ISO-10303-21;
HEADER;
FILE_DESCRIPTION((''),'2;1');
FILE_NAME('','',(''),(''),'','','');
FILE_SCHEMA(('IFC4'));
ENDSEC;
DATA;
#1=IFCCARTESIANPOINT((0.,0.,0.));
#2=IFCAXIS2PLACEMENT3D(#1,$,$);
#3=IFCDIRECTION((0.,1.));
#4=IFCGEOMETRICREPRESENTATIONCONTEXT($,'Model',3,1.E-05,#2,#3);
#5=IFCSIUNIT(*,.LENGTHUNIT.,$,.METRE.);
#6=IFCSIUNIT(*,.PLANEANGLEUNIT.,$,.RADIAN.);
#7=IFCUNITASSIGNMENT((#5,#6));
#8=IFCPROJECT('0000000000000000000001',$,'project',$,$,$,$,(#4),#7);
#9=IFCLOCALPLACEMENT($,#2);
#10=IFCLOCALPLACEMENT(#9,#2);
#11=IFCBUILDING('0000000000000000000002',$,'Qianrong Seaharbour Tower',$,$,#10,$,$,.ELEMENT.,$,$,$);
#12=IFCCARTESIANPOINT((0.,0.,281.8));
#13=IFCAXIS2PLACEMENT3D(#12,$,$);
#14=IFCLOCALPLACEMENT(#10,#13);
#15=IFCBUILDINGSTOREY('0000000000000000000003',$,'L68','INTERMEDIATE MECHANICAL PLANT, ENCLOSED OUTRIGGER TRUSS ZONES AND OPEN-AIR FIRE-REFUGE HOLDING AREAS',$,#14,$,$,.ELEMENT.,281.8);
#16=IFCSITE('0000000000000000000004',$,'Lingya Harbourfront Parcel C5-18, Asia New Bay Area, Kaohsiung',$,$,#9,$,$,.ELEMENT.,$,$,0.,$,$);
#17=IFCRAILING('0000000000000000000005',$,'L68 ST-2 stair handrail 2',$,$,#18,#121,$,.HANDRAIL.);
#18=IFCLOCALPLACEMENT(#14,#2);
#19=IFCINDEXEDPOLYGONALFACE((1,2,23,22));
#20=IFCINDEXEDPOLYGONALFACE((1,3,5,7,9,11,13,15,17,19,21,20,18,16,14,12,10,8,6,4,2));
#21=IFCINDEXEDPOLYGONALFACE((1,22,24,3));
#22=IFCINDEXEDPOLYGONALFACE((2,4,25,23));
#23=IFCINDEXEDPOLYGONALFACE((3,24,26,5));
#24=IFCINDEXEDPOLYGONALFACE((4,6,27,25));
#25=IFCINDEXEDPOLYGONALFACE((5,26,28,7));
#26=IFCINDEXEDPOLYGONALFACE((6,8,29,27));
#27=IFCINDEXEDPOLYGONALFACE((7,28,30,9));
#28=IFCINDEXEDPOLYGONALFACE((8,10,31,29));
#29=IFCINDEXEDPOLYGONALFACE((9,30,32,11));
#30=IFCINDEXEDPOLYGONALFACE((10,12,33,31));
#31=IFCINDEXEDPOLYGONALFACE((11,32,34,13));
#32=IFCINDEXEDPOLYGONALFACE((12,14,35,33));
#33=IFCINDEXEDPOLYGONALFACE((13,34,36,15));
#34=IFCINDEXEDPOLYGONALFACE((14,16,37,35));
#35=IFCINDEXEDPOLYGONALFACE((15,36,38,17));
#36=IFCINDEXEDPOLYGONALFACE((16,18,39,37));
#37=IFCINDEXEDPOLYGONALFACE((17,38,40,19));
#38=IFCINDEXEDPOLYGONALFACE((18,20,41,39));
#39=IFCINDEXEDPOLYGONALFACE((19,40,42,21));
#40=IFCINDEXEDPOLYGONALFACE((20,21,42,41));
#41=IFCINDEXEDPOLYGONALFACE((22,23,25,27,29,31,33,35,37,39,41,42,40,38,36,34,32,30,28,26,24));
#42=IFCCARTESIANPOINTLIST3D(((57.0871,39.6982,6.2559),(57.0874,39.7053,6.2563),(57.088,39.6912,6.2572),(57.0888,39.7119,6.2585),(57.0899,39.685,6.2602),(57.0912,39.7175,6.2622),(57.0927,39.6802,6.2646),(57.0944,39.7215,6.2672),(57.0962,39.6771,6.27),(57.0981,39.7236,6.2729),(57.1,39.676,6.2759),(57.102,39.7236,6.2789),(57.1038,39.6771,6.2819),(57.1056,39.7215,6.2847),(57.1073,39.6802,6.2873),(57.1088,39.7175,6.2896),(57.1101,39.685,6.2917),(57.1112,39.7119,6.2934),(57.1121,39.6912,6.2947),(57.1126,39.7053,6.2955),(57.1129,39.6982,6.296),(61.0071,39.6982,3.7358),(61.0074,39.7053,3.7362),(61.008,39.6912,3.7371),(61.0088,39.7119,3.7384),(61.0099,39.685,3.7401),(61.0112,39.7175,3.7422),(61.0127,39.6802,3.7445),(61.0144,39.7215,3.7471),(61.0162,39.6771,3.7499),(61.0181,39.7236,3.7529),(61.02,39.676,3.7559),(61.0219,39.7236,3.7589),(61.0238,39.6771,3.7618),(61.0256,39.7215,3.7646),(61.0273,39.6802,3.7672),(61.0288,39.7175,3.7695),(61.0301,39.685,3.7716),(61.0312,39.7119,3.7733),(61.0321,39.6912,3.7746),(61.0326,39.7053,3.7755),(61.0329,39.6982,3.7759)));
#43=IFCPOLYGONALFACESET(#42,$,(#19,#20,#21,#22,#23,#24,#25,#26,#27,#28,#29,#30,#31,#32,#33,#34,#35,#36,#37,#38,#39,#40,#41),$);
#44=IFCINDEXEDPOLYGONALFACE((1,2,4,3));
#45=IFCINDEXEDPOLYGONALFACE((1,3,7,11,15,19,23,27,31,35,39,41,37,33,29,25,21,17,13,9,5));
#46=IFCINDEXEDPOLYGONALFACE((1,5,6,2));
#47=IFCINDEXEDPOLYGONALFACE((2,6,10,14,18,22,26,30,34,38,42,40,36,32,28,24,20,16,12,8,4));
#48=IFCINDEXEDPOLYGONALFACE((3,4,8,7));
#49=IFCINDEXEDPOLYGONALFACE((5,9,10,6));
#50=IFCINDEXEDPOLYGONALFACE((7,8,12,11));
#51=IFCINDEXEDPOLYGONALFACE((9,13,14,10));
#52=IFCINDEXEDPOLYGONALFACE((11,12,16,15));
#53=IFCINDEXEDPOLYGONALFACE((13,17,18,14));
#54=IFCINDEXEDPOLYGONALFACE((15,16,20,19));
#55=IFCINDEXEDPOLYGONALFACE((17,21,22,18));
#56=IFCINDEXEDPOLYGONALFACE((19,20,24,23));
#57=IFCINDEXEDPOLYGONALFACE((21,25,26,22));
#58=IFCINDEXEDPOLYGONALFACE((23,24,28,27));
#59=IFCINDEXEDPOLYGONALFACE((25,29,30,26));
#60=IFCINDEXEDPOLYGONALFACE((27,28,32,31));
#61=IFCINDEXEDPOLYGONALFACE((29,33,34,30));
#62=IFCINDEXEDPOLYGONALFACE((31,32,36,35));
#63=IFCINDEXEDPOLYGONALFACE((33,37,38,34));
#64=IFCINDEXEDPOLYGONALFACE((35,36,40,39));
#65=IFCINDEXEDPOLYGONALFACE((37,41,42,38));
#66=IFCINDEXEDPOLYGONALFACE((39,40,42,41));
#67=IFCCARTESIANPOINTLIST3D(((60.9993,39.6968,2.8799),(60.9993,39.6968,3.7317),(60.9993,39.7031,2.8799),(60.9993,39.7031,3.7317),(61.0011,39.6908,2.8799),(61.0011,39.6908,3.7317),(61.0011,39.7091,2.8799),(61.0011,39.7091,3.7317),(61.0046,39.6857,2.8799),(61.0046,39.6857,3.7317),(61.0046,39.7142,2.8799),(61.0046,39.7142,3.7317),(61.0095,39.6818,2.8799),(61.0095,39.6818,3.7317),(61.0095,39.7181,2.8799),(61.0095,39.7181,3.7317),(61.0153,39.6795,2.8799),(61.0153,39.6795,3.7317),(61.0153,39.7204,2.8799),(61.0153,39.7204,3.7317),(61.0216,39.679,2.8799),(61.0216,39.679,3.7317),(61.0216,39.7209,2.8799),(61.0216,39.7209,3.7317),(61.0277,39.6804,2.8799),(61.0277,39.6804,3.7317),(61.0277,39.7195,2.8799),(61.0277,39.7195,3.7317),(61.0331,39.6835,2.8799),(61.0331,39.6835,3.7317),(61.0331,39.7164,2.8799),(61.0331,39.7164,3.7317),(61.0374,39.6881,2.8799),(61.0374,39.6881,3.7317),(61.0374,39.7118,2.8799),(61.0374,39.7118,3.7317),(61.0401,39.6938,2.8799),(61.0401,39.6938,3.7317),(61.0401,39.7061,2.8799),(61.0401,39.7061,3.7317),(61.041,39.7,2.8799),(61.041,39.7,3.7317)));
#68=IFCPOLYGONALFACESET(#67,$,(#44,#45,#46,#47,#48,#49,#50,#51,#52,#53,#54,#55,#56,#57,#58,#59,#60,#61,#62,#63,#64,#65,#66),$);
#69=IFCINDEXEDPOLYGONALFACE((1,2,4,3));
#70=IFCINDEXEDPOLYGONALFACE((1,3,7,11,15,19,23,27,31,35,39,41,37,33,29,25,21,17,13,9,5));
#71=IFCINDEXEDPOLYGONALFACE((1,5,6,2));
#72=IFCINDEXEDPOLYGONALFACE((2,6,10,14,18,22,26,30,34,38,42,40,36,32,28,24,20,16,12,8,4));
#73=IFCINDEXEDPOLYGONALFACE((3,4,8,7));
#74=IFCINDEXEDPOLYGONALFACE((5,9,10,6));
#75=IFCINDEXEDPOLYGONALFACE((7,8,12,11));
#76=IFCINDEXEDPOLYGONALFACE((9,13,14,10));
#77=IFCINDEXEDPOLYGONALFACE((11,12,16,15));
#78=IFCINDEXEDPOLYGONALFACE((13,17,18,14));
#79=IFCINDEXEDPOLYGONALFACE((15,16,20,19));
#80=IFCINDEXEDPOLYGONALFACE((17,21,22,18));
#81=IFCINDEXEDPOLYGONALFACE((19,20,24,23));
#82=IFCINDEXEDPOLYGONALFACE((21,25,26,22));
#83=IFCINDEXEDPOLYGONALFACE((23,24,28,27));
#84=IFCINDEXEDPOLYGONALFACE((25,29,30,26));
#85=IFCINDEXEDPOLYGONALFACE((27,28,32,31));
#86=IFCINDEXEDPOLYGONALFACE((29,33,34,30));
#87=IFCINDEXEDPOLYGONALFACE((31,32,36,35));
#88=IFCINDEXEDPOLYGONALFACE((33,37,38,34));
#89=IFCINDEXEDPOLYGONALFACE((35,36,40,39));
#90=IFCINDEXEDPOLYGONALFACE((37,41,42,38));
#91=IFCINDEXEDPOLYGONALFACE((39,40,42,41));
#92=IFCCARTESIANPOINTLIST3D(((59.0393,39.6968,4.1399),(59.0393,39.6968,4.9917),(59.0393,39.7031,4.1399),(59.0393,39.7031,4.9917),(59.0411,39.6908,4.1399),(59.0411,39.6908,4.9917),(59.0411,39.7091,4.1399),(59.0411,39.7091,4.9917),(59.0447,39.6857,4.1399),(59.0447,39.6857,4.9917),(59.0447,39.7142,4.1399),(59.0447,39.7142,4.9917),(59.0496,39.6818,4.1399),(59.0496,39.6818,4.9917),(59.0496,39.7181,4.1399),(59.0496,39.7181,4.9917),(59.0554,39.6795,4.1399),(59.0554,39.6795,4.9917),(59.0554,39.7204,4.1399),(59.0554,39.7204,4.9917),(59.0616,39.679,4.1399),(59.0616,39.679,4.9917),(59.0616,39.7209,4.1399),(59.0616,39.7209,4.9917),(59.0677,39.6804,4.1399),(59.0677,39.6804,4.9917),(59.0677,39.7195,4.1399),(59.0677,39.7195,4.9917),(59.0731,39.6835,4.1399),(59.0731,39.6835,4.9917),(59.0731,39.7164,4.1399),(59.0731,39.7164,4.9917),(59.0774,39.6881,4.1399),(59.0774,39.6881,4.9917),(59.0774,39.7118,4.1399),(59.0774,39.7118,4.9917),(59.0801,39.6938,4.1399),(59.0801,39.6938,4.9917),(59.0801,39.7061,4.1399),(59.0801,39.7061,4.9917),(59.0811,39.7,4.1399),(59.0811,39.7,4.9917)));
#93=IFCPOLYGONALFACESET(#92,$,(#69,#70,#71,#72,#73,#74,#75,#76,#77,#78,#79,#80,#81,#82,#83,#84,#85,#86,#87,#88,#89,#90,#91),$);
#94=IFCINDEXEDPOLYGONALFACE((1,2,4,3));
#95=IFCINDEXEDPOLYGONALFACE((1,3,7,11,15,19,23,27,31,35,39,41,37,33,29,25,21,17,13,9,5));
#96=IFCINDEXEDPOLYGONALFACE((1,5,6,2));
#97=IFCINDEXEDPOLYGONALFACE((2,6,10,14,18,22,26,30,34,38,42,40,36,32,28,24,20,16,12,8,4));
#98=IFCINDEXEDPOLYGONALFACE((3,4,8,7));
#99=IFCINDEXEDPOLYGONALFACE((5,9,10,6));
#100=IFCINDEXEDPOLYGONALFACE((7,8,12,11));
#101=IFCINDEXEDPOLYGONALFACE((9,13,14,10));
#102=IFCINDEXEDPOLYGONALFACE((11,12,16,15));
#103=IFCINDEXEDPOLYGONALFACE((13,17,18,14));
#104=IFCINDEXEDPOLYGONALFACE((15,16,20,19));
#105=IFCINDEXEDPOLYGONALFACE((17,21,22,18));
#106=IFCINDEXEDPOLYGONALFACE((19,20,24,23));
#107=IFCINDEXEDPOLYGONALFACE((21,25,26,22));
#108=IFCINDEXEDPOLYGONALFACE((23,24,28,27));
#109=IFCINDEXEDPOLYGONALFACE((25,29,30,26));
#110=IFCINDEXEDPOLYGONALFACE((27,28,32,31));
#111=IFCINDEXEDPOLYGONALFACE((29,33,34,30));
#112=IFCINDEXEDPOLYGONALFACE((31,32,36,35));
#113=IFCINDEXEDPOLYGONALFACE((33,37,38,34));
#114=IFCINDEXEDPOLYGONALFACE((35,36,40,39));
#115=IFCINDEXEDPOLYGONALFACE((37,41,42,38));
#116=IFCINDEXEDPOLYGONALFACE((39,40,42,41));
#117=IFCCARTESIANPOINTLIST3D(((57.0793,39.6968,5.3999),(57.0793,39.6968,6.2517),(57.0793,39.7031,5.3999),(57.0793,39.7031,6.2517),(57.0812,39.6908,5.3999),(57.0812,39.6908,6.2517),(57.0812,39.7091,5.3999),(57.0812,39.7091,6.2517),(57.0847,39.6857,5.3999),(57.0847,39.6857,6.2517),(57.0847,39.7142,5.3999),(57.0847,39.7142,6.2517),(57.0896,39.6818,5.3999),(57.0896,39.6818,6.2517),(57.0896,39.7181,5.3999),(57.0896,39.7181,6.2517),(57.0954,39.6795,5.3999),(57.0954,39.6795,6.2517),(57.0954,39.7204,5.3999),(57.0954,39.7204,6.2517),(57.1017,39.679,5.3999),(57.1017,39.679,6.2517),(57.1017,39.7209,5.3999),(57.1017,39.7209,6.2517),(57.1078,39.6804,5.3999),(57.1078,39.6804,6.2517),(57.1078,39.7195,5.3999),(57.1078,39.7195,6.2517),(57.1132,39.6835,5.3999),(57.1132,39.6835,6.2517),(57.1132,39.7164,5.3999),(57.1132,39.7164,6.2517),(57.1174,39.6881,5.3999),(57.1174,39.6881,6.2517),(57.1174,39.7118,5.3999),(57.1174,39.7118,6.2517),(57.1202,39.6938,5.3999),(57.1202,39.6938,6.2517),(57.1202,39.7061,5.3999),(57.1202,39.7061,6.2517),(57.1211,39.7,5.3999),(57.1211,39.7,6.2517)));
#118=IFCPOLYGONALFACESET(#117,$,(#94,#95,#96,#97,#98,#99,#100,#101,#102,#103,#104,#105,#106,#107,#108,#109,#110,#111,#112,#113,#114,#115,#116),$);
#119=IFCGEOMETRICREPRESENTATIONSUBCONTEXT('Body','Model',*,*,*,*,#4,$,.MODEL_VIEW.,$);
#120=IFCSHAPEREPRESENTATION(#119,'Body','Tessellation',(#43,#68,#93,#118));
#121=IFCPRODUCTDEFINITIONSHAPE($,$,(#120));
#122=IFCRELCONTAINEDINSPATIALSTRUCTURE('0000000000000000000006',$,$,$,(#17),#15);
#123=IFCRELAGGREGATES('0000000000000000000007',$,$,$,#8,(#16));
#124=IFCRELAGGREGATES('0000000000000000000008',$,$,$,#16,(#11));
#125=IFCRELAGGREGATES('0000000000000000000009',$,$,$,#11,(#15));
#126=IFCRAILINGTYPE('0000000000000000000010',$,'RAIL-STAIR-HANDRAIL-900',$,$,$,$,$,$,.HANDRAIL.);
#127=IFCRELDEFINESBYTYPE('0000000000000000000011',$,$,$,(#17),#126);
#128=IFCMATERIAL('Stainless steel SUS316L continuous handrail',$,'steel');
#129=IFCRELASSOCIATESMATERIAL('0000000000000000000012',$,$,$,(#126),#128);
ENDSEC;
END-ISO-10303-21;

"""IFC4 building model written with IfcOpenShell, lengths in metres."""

from ifc_helpers import new_model, si_unit, direction, frame, origin, origin_2d, place, context, subcontext, project, spatial, circle, extrude, material, type_object, element, save


model = new_model("IFC4")

# Units and contexts
model_context = context("Model", 3, precision=1e-05, world=origin(), true_north=direction((0.0, 1.0)))
body_context = subcontext(model_context, "Body", "Model", "MODEL_VIEW")
ifc_project = project(units=[si_unit("LENGTHUNIT", "METRE"), si_unit("PLANEANGLEUNIT", "RADIAN")], contexts=[model_context])

# Site, building, storey
site_placement = place(None, origin())
site = spatial("IfcSite", under=ifc_project, at=site_placement, Name="Lingya Harbourfront Parcel C5-18, Asia New Bay Area, Kaohsiung", CompositionType="ELEMENT", RefElevation=0.0)
building_placement = place(site_placement, origin())
building = spatial("IfcBuilding", under=site, at=building_placement, Name="Qianrong Seaharbour Tower", CompositionType="ELEMENT")
storey_placement = place(building_placement, frame((0.0, 0.0, 281.8)))
storey = spatial("IfcBuildingStorey", under=building, at=storey_placement, Name="L68", Description="INTERMEDIATE MECHANICAL PLANT, ENCLOSED OUTRIGGER TRUSS ZONES AND OPEN-AIR FIRE-REFUGE HOLDING AREAS", CompositionType="ELEMENT", Elevation=281.8)

# Railing
ifc_material_1 = material(Name="Stainless steel SUS316L continuous handrail", Category="steel")
railing_type_1 = type_object("IfcRailingType", Name="RAIL-STAIR-HANDRAIL-900", PredefinedType="HANDRAIL", material=ifc_material_1)
railing_1_placement = place(storey_placement, frame((61.02, 39.7, 2.8799)))
element("IfcRailing", 1, at=railing_1_placement, inside=storey, type_object=railing_type_1, Name="L68 ST-2 stair handrail 2", PredefinedType="HANDRAIL", context=body_context, shape_type="SweptSolid", body=[
    extrude(circle(Radius=0.0239, at=origin_2d()), frame((0.0, 0.0, 0.876), z_axis=(-0.841172, 0.0, 0.540768), x_axis=(0.0, -1.0, 0.0)), (0.0, 0.0, 1.0), 4.6602),
    extrude(circle(Radius=0.021, at=origin_2d()), origin(), (0.0, 0.0, 1.0), 0.8518),
    extrude(circle(Radius=0.021, at=origin_2d()), frame((-1.96, 0.0, 1.26)), (0.0, 0.0, 1.0), 0.8518),
    extrude(circle(Radius=0.021, at=origin_2d()), frame((-3.9199, 0.0, 2.52)), (0.0, 0.0, 1.0), 0.8518),
])

save(model, "model.ifc")
